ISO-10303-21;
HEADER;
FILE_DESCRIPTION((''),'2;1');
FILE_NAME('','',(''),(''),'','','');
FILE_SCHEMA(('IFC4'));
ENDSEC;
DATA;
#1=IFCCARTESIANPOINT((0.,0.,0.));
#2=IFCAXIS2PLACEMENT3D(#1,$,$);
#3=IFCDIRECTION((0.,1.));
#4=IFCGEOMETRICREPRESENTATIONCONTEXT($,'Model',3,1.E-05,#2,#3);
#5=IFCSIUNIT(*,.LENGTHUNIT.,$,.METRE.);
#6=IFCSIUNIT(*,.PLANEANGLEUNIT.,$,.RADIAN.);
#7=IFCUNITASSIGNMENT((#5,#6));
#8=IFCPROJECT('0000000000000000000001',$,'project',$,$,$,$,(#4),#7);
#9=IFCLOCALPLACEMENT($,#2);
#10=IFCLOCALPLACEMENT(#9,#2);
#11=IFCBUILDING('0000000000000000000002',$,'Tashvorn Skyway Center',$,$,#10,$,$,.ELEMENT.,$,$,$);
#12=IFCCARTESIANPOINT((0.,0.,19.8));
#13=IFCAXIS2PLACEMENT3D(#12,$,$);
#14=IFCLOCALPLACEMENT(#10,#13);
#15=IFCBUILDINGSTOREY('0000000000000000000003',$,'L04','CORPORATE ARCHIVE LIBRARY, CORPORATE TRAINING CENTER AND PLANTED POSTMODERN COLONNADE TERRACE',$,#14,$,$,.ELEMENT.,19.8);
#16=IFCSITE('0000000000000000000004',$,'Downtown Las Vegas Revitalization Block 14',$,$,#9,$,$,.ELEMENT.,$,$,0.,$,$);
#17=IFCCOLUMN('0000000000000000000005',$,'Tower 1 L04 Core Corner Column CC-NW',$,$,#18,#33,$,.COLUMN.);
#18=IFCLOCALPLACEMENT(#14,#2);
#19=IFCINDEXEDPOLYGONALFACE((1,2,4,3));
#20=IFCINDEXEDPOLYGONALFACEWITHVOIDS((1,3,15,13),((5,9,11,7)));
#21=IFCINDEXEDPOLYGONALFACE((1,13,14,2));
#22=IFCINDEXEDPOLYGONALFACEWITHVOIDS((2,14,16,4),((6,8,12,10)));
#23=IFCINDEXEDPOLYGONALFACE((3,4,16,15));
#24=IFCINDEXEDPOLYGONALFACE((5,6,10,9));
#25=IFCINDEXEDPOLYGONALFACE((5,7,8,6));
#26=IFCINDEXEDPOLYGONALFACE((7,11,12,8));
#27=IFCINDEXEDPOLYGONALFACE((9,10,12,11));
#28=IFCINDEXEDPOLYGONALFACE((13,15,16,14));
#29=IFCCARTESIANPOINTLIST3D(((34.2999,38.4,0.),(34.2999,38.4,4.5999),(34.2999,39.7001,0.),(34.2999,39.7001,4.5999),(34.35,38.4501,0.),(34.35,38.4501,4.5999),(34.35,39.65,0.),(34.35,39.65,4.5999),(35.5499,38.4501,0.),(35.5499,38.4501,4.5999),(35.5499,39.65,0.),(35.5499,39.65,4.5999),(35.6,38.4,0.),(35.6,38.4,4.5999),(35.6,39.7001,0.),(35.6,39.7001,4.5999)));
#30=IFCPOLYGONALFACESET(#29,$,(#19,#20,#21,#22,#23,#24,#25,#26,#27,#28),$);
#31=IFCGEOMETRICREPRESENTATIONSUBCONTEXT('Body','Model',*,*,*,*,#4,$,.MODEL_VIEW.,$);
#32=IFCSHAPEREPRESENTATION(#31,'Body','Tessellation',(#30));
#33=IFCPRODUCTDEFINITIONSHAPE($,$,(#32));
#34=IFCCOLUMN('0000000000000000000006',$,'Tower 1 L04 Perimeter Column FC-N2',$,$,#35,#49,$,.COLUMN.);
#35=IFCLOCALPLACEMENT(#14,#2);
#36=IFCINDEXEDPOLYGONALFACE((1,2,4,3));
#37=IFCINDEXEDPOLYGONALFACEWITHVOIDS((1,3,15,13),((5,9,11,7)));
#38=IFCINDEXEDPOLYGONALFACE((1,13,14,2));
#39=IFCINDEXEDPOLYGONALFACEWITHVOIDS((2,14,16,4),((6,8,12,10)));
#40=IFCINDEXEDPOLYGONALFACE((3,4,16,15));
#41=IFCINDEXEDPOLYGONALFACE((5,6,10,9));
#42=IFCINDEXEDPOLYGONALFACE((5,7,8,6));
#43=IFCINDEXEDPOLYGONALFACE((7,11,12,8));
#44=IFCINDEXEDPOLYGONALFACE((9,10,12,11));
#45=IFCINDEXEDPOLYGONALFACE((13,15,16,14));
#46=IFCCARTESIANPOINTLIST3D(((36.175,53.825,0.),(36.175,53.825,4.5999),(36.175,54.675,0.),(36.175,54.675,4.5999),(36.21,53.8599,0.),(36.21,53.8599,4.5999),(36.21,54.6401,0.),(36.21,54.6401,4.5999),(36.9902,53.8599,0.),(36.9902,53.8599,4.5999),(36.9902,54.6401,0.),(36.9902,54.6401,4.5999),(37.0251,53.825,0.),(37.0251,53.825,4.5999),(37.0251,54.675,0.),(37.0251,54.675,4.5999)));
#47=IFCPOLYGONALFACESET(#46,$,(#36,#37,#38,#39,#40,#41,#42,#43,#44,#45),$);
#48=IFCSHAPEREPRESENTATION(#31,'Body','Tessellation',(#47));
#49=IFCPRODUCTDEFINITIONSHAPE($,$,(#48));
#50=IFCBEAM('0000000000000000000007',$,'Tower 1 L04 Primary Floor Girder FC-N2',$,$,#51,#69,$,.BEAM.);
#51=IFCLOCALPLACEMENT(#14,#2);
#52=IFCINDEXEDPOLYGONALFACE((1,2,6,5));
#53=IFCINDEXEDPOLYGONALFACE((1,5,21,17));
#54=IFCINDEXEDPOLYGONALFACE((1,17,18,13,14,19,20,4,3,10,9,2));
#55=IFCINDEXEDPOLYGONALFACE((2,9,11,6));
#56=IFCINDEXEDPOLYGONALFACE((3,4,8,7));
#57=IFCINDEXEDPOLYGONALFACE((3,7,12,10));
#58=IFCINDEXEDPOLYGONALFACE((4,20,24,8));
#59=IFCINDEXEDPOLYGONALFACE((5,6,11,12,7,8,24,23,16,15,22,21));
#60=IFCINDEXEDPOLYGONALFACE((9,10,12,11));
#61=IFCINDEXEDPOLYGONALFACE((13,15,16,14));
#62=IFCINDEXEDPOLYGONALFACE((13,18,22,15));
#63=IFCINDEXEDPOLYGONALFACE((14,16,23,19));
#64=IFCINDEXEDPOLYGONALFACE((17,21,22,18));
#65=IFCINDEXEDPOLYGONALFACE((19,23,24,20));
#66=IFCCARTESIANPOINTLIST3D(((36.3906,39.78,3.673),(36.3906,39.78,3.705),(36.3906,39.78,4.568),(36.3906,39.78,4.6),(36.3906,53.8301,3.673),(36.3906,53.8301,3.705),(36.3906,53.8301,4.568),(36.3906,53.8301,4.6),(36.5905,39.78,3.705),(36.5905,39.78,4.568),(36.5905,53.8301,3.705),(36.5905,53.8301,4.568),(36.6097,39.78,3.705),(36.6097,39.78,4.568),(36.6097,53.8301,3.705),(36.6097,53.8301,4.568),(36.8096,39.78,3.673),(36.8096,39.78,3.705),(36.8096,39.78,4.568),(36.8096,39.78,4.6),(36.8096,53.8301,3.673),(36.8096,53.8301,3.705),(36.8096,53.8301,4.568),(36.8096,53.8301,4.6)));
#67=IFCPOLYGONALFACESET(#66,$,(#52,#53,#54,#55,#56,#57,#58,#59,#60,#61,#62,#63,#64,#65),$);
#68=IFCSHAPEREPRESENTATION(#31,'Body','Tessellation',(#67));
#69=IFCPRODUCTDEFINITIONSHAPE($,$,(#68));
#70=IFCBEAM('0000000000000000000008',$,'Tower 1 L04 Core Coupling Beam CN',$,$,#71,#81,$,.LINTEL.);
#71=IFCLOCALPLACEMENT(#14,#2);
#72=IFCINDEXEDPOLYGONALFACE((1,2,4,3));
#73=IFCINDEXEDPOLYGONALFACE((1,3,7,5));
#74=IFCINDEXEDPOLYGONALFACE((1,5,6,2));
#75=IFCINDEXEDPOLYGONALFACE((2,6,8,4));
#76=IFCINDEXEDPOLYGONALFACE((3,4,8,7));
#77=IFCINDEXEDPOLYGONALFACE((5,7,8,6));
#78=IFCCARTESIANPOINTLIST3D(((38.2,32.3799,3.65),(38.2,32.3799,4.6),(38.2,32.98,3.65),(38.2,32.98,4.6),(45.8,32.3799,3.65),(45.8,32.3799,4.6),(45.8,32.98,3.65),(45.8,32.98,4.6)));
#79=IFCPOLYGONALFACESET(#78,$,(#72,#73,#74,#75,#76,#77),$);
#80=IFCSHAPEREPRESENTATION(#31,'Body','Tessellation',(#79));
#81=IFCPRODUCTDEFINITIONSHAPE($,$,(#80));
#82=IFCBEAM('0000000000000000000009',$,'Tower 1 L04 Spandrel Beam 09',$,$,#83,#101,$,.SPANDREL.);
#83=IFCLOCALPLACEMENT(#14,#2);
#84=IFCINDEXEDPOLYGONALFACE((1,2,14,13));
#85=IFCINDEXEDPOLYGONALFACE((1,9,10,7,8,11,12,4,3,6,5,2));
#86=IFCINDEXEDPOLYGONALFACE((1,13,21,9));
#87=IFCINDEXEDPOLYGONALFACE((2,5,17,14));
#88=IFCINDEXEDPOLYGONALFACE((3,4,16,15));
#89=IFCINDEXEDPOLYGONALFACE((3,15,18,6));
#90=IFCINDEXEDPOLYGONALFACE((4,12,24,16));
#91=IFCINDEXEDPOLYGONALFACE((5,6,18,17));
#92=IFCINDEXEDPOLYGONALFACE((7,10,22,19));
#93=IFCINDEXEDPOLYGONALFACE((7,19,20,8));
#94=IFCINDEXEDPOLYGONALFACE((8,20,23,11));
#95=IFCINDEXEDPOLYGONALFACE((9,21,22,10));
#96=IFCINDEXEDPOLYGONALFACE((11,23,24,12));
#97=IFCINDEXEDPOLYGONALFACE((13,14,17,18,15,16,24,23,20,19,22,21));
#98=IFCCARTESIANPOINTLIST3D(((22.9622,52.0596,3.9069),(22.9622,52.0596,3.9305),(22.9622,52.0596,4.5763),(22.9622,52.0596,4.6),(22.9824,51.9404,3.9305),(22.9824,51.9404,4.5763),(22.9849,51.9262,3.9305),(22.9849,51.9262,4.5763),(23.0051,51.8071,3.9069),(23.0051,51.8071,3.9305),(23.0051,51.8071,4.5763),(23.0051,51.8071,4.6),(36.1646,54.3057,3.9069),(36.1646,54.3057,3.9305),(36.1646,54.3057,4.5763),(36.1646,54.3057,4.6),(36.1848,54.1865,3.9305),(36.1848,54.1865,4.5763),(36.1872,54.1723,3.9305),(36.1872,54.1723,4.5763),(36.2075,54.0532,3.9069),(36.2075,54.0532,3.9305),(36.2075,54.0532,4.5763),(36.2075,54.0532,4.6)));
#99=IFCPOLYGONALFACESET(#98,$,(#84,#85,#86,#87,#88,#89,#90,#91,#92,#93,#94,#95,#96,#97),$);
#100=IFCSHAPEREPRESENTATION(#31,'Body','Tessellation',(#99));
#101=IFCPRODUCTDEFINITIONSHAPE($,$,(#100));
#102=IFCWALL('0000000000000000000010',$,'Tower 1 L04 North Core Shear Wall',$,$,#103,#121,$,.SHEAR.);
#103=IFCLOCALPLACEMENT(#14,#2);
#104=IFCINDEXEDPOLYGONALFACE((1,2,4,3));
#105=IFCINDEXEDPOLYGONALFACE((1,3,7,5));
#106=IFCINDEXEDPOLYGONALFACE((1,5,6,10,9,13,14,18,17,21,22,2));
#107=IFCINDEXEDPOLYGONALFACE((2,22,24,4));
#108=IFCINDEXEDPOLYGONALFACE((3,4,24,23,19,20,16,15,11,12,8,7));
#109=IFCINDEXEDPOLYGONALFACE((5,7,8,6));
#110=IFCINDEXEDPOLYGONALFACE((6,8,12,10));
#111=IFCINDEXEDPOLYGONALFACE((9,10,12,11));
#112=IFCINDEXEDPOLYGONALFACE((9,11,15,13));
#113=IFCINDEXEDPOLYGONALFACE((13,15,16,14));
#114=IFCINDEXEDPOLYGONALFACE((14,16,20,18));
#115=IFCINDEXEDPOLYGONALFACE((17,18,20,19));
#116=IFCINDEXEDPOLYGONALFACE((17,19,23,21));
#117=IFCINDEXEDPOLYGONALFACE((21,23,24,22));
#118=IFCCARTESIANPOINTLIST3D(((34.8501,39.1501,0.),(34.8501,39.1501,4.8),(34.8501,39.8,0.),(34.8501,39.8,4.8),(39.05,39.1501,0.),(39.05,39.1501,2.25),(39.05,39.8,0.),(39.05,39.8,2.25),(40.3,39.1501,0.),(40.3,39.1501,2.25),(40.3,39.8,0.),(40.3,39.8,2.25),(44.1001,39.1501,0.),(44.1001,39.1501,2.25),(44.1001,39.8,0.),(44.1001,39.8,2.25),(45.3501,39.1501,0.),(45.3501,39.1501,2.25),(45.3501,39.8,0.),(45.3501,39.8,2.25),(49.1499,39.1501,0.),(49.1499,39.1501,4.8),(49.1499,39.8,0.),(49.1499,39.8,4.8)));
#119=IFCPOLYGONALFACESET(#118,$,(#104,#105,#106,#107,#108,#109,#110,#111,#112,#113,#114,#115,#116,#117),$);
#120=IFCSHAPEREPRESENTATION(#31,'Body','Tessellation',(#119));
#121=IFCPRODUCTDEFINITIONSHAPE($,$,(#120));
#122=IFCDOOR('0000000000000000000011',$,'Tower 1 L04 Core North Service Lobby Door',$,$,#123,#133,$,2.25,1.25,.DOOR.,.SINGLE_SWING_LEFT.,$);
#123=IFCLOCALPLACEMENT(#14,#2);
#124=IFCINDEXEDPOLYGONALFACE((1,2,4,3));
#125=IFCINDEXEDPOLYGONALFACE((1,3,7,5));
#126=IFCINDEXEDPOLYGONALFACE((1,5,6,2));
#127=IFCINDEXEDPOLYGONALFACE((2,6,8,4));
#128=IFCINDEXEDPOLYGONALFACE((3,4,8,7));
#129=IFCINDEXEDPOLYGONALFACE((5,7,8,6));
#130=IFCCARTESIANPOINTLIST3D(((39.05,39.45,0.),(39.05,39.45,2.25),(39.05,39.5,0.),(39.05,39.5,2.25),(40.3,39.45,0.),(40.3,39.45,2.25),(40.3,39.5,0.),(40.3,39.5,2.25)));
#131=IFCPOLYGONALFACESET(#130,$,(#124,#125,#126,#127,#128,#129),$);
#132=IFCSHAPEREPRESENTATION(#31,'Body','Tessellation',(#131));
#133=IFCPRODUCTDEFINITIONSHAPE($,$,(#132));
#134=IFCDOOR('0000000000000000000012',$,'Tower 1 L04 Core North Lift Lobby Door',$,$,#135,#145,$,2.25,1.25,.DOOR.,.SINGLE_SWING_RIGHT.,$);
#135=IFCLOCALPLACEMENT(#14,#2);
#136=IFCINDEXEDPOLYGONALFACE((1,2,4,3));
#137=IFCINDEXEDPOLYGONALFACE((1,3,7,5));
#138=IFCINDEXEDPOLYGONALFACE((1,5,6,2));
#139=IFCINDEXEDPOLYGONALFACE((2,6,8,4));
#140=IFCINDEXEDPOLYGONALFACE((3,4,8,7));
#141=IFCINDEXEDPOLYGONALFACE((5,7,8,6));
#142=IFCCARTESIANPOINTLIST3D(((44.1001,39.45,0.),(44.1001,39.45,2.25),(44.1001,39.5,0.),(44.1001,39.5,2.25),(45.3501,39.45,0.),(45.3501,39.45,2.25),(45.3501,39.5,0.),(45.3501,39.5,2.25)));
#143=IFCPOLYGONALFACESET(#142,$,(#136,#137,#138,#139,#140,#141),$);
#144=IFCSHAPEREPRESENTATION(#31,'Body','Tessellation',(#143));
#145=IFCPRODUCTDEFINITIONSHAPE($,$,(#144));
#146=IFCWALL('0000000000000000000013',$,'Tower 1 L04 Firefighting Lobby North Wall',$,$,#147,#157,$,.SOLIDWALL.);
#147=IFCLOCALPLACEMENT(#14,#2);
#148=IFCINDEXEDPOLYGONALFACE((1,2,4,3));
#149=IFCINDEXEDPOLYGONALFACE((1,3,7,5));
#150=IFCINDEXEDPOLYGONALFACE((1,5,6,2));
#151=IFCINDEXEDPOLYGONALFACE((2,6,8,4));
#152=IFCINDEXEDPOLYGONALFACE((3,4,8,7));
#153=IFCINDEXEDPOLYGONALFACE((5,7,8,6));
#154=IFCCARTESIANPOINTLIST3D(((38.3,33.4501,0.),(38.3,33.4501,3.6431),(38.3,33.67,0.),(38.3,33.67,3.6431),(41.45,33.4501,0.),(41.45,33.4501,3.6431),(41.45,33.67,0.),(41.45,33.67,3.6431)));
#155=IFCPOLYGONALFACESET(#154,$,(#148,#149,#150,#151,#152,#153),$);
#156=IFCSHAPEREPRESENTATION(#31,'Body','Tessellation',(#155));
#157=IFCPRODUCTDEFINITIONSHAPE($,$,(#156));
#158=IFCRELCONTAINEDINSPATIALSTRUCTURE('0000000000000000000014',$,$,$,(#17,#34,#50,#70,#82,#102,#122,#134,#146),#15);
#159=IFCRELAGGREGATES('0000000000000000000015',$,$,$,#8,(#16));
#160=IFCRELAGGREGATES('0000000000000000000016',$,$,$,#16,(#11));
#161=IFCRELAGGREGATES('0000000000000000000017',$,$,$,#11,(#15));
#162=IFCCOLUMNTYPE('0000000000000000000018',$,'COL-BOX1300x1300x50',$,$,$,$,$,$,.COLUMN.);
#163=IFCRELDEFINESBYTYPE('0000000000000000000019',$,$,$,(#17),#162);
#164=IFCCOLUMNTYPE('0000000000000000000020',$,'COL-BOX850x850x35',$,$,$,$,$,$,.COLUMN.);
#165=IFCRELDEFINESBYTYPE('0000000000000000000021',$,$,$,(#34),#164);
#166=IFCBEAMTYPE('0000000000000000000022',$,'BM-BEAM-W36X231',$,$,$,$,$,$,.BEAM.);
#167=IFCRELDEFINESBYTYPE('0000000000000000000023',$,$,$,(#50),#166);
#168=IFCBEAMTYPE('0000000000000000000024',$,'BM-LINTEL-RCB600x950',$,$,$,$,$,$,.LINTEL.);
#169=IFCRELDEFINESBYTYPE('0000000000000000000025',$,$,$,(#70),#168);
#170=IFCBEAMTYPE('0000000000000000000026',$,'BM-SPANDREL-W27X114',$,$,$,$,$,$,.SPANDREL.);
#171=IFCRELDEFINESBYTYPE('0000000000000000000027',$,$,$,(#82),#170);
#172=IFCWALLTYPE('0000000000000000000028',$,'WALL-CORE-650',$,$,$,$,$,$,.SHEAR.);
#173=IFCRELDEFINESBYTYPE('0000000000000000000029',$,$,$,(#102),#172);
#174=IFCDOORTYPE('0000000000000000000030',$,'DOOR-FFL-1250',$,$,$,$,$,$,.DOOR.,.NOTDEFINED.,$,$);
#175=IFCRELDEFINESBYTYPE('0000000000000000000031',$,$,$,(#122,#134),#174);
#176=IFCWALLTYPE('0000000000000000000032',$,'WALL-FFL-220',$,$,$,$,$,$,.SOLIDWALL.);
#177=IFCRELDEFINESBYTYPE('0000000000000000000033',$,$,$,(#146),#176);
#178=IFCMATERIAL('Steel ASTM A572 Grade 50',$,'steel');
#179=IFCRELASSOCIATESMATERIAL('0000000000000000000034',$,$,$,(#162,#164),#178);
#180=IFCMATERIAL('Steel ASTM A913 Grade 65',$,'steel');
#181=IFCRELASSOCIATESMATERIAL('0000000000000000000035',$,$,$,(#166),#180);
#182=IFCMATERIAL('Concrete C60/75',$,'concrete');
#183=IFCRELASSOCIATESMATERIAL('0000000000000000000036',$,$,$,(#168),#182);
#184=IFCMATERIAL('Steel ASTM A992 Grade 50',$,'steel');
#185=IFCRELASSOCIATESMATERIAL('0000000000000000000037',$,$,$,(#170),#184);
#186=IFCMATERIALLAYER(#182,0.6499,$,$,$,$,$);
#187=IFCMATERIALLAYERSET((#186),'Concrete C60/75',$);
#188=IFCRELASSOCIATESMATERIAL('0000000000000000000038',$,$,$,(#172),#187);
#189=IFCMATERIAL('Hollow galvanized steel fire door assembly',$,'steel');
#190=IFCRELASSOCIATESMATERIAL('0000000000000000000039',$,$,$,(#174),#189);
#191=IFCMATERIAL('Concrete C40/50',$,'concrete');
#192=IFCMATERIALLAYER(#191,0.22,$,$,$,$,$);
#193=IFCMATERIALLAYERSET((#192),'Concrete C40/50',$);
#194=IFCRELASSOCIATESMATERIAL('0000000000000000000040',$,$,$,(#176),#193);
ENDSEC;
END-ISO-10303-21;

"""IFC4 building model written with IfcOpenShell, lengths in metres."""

from ifc_helpers import new_model, si_unit, direction, frame, frame_2d, origin, origin_2d, place, context, subcontext, project, spatial, rectangle, hollow_rectangle, i_section, extrude, material, layer, layer_set, material_profile, profile_set, type_object, element, fill, save


model = new_model("IFC4")

# Units and contexts
model_context = context("Model", 3, precision=1e-05, world=origin(), true_north=direction((0.0, 1.0)))
body_context = subcontext(model_context, "Body", "Model", "MODEL_VIEW")
ifc_project = project(units=[si_unit("LENGTHUNIT", "METRE"), si_unit("PLANEANGLEUNIT", "RADIAN")], contexts=[model_context])

# Site, building, storey
site_placement = place(None, origin())
site = spatial("IfcSite", under=ifc_project, at=site_placement, Name="Downtown Las Vegas Revitalization Block 14", CompositionType="ELEMENT", RefElevation=0.0)
building_placement = place(site_placement, origin())
building = spatial("IfcBuilding", under=site, at=building_placement, Name="Tashvorn Skyway Center", CompositionType="ELEMENT")
storey_placement = place(building_placement, frame((0.0, 0.0, 19.8)))
storey = spatial("IfcBuildingStorey", under=building, at=storey_placement, Name="L04", Description="CORPORATE ARCHIVE LIBRARY, CORPORATE TRAINING CENTER AND PLANTED POSTMODERN COLONNADE TERRACE", CompositionType="ELEMENT", Elevation=19.8)

# Columns
ifc_material_1 = material(Name="Steel ASTM A572 Grade 50", Category="steel")
ifc_material_profile_1 = material_profile(ifc_material_1, hollow_rectangle(XDim=1.3, YDim=1.3, WallThickness=0.05, at=origin_2d()), Name="BOX1300x1300x50")
ifc_profile_set_1 = profile_set([ifc_material_profile_1], Name="Steel ASTM A572 Grade 50")
column_type_1 = type_object("IfcColumnType", Name="COL-BOX1300x1300x50", PredefinedType="COLUMN", material=ifc_profile_set_1)
column_1_placement = place(storey_placement, frame((34.95, 39.05, 0.0), z_axis=(0.0, 0.0, 1.0), x_axis=(1.0, 0.0, 0.0)))
element("IfcColumn", 1, at=column_1_placement, inside=storey, type_object=column_type_1, Name="Tower 1 L04 Core Corner Column CC-NW", PredefinedType="COLUMN", context=body_context, shape_type="SweptSolid", body=[
    extrude(hollow_rectangle(XDim=1.3, YDim=1.3, WallThickness=0.05, at=origin_2d()), origin(), (0.0, 0.0, 1.0), 4.5999),
])
ifc_material_profile_2 = material_profile(ifc_material_1, hollow_rectangle(XDim=0.8501, YDim=0.8501, WallThickness=0.0349, at=origin_2d()), Name="BOX850x850x35")
ifc_profile_set_2 = profile_set([ifc_material_profile_2], Name="Steel ASTM A572 Grade 50")
column_type_2 = type_object("IfcColumnType", Name="COL-BOX850x850x35", PredefinedType="COLUMN", material=ifc_profile_set_2)
column_2_placement = place(storey_placement, frame((36.6001, 54.25, 0.0), z_axis=(0.0, 0.0, 1.0), x_axis=(1.0, 0.0, 0.0)))
element("IfcColumn", 2, at=column_2_placement, inside=storey, type_object=column_type_2, Name="Tower 1 L04 Perimeter Column FC-N2", PredefinedType="COLUMN", context=body_context, shape_type="SweptSolid", body=[
    extrude(hollow_rectangle(XDim=0.8501, YDim=0.8501, WallThickness=0.0349, at=origin_2d()), origin(), (0.0, 0.0, 1.0), 4.5999),
])

# Beams
ifc_material_2 = material(Name="Steel ASTM A913 Grade 65", Category="steel")
ifc_material_profile_3 = material_profile(ifc_material_2, i_section(OverallWidth=0.4189, OverallDepth=0.927, WebThickness=0.0193, FlangeThickness=0.032, at=origin_2d()), Name="W36X231")
ifc_profile_set_3 = profile_set([ifc_material_profile_3], Name="Steel ASTM A913 Grade 65")
beam_type_1 = type_object("IfcBeamType", Name="BM-BEAM-W36X231", PredefinedType="BEAM", material=ifc_profile_set_3)
beam_1_placement = place(storey_placement, frame((36.6001, 53.8301, 4.1365), z_axis=(0.0, -1.0, 0.0), x_axis=(1.0, 0.0, 0.0)))
element("IfcBeam", 3, at=beam_1_placement, inside=storey, type_object=beam_type_1, Name="Tower 1 L04 Primary Floor Girder FC-N2", PredefinedType="BEAM", context=body_context, shape_type="SweptSolid", body=[
    extrude(i_section(OverallWidth=0.4189, OverallDepth=0.927, WebThickness=0.0193, FlangeThickness=0.032, at=origin_2d()), origin(), (0.0, 0.0, 1.0), 14.05),
])
ifc_material_3 = material(Name="Concrete C60/75", Category="concrete")
ifc_material_profile_4 = material_profile(ifc_material_3, rectangle(XDim=0.6001, YDim=0.95, at=origin_2d()), Name="RCB600x950")
ifc_profile_set_4 = profile_set([ifc_material_profile_4], Name="Concrete C60/75")
beam_type_2 = type_object("IfcBeamType", Name="BM-LINTEL-RCB600x950", PredefinedType="LINTEL", material=ifc_profile_set_4)
beam_2_placement = place(storey_placement, frame((38.2, 32.6799, 4.125), z_axis=(1.0, 0.0, 0.0), x_axis=(0.0, 1.0, 0.0)))
element("IfcBeam", 4, at=beam_2_placement, inside=storey, type_object=beam_type_2, Name="Tower 1 L04 Core Coupling Beam CN", PredefinedType="LINTEL", context=body_context, shape_type="SweptSolid", body=[
    extrude(rectangle(XDim=0.6001, YDim=0.95, at=origin_2d()), origin(), (0.0, 0.0, 1.0), 7.6001),
])
ifc_material_4 = material(Name="Steel ASTM A992 Grade 50", Category="steel")
ifc_material_profile_5 = material_profile(ifc_material_4, i_section(OverallWidth=0.2561, OverallDepth=0.6931, WebThickness=0.0144, FlangeThickness=0.0237, at=origin_2d()), Name="W27X114")
ifc_profile_set_5 = profile_set([ifc_material_profile_5], Name="Steel ASTM A992 Grade 50")
beam_type_3 = type_object("IfcBeamType", Name="BM-SPANDREL-W27X114", PredefinedType="SPANDREL", material=ifc_profile_set_5)
beam_3_placement = place(storey_placement, frame((36.186, 54.1794, 4.2534), z_axis=(-0.985835, -0.167718, 0.0), x_axis=(0.167718, -0.985835, 0.0)))
element("IfcBeam", 5, at=beam_3_placement, inside=storey, type_object=beam_type_3, Name="Tower 1 L04 Spandrel Beam 09", PredefinedType="SPANDREL", context=body_context, shape_type="SweptSolid", body=[
    extrude(i_section(OverallWidth=0.2561, OverallDepth=0.6931, WebThickness=0.0144, FlangeThickness=0.0237, at=origin_2d()), origin(), (0.0, 0.0, 1.0), 13.3921),
])

# Wall, openings, doors
ifc_layer_1 = layer(ifc_material_3, 0.6499)
ifc_layer_set_1 = layer_set([ifc_layer_1], Name="Concrete C60/75")
wall_type_1 = type_object("IfcWallType", Name="WALL-CORE-650", PredefinedType="SHEAR", material=ifc_layer_set_1)
wall_1_placement = place(storey_placement, frame((34.8501, 39.4751, 0.0), z_axis=(0.0, 0.0, 1.0), x_axis=(1.0, 0.0, 0.0)))
wall_1 = element("IfcWall", 6, at=wall_1_placement, inside=storey, type_object=wall_type_1, Name="Tower 1 L04 North Core Shear Wall", PredefinedType="SHEAR", context=body_context, shape_type="SweptSolid", body=[
    extrude(rectangle(XDim=14.2998, YDim=0.6499, at=frame_2d((7.1499, 0.0))), origin(), (0.0, 0.0, 1.0), 4.8),
])
opening_1_placement = place(wall_1_placement, frame((4.2, 0.0, 0.0)))
opening_1 = element("IfcOpeningElement", 7, at=opening_1_placement, cuts=wall_1, PredefinedType="OPENING", context=body_context, shape_type="SweptSolid", body=[
    extrude(rectangle(XDim=1.25, YDim=2.25, at=frame_2d((0.625, 1.125))), frame((0.0, 0.335, 0.0), z_axis=(0.0, -1.0, 0.0), x_axis=(1.0, 0.0, 0.0)), (0.0, 0.0, 1.0), 0.6699),
])
opening_2_placement = place(wall_1_placement, frame((9.25, 0.0, 0.0)))
opening_2 = element("IfcOpeningElement", 8, at=opening_2_placement, cuts=wall_1, PredefinedType="OPENING", context=body_context, shape_type="SweptSolid", body=[
    extrude(rectangle(XDim=1.25, YDim=2.25, at=frame_2d((0.625, 1.125))), frame((0.0, 0.335, 0.0), z_axis=(0.0, -1.0, 0.0), x_axis=(1.0, 0.0, 0.0)), (0.0, 0.0, 1.0), 0.6699),
])
ifc_material_5 = material(Name="Hollow galvanized steel fire door assembly", Category="steel")
door_type_1 = type_object("IfcDoorType", Name="DOOR-FFL-1250", OperationType="NOTDEFINED", PredefinedType="DOOR", material=ifc_material_5)
door_1_placement = place(opening_1_placement, origin())
door_1 = element("IfcDoor", 9, at=door_1_placement, inside=storey, type_object=door_type_1, Name="Tower 1 L04 Core North Service Lobby Door", OperationType="SINGLE_SWING_LEFT", OverallHeight=2.25, OverallWidth=1.25, PredefinedType="DOOR", context=body_context, shape_type="SweptSolid", body=[
    extrude(rectangle(XDim=1.25, YDim=2.25, at=frame_2d((0.625, 1.125))), frame((0.0, 0.0249, 0.0), z_axis=(0.0, -1.0, 0.0), x_axis=(1.0, 0.0, 0.0)), (0.0, 0.0, 1.0), 0.05),
])
fill(opening_1, door_1)
door_2_placement = place(opening_2_placement, origin())
door_2 = element("IfcDoor", 10, at=door_2_placement, inside=storey, type_object=door_type_1, Name="Tower 1 L04 Core North Lift Lobby Door", OperationType="SINGLE_SWING_RIGHT", OverallHeight=2.25, OverallWidth=1.25, PredefinedType="DOOR", context=body_context, shape_type="SweptSolid", body=[
    extrude(rectangle(XDim=1.25, YDim=2.25, at=frame_2d((0.625, 1.125))), frame((0.0, 0.0249, 0.0), z_axis=(0.0, -1.0, 0.0), x_axis=(1.0, 0.0, 0.0)), (0.0, 0.0, 1.0), 0.05),
])
fill(opening_2, door_2)

# Wall
ifc_material_6 = material(Name="Concrete C40/50", Category="concrete")
ifc_layer_2 = layer(ifc_material_6, 0.22)
ifc_layer_set_2 = layer_set([ifc_layer_2], Name="Concrete C40/50")
wall_type_2 = type_object("IfcWallType", Name="WALL-FFL-220", PredefinedType="SOLIDWALL", material=ifc_layer_set_2)
wall_2_placement = place(storey_placement, frame((38.3, 33.5601, 0.0), z_axis=(0.0, 0.0, 1.0), x_axis=(1.0, 0.0, 0.0)))
element("IfcWall", 11, at=wall_2_placement, inside=storey, type_object=wall_type_2, Name="Tower 1 L04 Firefighting Lobby North Wall", PredefinedType="SOLIDWALL", context=body_context, shape_type="SweptSolid", body=[
    extrude(rectangle(XDim=3.1499, YDim=0.22, at=frame_2d((1.575, 0.0))), origin(), (0.0, 0.0, 1.0), 3.6431),
])

save(model, "model.ifc")
